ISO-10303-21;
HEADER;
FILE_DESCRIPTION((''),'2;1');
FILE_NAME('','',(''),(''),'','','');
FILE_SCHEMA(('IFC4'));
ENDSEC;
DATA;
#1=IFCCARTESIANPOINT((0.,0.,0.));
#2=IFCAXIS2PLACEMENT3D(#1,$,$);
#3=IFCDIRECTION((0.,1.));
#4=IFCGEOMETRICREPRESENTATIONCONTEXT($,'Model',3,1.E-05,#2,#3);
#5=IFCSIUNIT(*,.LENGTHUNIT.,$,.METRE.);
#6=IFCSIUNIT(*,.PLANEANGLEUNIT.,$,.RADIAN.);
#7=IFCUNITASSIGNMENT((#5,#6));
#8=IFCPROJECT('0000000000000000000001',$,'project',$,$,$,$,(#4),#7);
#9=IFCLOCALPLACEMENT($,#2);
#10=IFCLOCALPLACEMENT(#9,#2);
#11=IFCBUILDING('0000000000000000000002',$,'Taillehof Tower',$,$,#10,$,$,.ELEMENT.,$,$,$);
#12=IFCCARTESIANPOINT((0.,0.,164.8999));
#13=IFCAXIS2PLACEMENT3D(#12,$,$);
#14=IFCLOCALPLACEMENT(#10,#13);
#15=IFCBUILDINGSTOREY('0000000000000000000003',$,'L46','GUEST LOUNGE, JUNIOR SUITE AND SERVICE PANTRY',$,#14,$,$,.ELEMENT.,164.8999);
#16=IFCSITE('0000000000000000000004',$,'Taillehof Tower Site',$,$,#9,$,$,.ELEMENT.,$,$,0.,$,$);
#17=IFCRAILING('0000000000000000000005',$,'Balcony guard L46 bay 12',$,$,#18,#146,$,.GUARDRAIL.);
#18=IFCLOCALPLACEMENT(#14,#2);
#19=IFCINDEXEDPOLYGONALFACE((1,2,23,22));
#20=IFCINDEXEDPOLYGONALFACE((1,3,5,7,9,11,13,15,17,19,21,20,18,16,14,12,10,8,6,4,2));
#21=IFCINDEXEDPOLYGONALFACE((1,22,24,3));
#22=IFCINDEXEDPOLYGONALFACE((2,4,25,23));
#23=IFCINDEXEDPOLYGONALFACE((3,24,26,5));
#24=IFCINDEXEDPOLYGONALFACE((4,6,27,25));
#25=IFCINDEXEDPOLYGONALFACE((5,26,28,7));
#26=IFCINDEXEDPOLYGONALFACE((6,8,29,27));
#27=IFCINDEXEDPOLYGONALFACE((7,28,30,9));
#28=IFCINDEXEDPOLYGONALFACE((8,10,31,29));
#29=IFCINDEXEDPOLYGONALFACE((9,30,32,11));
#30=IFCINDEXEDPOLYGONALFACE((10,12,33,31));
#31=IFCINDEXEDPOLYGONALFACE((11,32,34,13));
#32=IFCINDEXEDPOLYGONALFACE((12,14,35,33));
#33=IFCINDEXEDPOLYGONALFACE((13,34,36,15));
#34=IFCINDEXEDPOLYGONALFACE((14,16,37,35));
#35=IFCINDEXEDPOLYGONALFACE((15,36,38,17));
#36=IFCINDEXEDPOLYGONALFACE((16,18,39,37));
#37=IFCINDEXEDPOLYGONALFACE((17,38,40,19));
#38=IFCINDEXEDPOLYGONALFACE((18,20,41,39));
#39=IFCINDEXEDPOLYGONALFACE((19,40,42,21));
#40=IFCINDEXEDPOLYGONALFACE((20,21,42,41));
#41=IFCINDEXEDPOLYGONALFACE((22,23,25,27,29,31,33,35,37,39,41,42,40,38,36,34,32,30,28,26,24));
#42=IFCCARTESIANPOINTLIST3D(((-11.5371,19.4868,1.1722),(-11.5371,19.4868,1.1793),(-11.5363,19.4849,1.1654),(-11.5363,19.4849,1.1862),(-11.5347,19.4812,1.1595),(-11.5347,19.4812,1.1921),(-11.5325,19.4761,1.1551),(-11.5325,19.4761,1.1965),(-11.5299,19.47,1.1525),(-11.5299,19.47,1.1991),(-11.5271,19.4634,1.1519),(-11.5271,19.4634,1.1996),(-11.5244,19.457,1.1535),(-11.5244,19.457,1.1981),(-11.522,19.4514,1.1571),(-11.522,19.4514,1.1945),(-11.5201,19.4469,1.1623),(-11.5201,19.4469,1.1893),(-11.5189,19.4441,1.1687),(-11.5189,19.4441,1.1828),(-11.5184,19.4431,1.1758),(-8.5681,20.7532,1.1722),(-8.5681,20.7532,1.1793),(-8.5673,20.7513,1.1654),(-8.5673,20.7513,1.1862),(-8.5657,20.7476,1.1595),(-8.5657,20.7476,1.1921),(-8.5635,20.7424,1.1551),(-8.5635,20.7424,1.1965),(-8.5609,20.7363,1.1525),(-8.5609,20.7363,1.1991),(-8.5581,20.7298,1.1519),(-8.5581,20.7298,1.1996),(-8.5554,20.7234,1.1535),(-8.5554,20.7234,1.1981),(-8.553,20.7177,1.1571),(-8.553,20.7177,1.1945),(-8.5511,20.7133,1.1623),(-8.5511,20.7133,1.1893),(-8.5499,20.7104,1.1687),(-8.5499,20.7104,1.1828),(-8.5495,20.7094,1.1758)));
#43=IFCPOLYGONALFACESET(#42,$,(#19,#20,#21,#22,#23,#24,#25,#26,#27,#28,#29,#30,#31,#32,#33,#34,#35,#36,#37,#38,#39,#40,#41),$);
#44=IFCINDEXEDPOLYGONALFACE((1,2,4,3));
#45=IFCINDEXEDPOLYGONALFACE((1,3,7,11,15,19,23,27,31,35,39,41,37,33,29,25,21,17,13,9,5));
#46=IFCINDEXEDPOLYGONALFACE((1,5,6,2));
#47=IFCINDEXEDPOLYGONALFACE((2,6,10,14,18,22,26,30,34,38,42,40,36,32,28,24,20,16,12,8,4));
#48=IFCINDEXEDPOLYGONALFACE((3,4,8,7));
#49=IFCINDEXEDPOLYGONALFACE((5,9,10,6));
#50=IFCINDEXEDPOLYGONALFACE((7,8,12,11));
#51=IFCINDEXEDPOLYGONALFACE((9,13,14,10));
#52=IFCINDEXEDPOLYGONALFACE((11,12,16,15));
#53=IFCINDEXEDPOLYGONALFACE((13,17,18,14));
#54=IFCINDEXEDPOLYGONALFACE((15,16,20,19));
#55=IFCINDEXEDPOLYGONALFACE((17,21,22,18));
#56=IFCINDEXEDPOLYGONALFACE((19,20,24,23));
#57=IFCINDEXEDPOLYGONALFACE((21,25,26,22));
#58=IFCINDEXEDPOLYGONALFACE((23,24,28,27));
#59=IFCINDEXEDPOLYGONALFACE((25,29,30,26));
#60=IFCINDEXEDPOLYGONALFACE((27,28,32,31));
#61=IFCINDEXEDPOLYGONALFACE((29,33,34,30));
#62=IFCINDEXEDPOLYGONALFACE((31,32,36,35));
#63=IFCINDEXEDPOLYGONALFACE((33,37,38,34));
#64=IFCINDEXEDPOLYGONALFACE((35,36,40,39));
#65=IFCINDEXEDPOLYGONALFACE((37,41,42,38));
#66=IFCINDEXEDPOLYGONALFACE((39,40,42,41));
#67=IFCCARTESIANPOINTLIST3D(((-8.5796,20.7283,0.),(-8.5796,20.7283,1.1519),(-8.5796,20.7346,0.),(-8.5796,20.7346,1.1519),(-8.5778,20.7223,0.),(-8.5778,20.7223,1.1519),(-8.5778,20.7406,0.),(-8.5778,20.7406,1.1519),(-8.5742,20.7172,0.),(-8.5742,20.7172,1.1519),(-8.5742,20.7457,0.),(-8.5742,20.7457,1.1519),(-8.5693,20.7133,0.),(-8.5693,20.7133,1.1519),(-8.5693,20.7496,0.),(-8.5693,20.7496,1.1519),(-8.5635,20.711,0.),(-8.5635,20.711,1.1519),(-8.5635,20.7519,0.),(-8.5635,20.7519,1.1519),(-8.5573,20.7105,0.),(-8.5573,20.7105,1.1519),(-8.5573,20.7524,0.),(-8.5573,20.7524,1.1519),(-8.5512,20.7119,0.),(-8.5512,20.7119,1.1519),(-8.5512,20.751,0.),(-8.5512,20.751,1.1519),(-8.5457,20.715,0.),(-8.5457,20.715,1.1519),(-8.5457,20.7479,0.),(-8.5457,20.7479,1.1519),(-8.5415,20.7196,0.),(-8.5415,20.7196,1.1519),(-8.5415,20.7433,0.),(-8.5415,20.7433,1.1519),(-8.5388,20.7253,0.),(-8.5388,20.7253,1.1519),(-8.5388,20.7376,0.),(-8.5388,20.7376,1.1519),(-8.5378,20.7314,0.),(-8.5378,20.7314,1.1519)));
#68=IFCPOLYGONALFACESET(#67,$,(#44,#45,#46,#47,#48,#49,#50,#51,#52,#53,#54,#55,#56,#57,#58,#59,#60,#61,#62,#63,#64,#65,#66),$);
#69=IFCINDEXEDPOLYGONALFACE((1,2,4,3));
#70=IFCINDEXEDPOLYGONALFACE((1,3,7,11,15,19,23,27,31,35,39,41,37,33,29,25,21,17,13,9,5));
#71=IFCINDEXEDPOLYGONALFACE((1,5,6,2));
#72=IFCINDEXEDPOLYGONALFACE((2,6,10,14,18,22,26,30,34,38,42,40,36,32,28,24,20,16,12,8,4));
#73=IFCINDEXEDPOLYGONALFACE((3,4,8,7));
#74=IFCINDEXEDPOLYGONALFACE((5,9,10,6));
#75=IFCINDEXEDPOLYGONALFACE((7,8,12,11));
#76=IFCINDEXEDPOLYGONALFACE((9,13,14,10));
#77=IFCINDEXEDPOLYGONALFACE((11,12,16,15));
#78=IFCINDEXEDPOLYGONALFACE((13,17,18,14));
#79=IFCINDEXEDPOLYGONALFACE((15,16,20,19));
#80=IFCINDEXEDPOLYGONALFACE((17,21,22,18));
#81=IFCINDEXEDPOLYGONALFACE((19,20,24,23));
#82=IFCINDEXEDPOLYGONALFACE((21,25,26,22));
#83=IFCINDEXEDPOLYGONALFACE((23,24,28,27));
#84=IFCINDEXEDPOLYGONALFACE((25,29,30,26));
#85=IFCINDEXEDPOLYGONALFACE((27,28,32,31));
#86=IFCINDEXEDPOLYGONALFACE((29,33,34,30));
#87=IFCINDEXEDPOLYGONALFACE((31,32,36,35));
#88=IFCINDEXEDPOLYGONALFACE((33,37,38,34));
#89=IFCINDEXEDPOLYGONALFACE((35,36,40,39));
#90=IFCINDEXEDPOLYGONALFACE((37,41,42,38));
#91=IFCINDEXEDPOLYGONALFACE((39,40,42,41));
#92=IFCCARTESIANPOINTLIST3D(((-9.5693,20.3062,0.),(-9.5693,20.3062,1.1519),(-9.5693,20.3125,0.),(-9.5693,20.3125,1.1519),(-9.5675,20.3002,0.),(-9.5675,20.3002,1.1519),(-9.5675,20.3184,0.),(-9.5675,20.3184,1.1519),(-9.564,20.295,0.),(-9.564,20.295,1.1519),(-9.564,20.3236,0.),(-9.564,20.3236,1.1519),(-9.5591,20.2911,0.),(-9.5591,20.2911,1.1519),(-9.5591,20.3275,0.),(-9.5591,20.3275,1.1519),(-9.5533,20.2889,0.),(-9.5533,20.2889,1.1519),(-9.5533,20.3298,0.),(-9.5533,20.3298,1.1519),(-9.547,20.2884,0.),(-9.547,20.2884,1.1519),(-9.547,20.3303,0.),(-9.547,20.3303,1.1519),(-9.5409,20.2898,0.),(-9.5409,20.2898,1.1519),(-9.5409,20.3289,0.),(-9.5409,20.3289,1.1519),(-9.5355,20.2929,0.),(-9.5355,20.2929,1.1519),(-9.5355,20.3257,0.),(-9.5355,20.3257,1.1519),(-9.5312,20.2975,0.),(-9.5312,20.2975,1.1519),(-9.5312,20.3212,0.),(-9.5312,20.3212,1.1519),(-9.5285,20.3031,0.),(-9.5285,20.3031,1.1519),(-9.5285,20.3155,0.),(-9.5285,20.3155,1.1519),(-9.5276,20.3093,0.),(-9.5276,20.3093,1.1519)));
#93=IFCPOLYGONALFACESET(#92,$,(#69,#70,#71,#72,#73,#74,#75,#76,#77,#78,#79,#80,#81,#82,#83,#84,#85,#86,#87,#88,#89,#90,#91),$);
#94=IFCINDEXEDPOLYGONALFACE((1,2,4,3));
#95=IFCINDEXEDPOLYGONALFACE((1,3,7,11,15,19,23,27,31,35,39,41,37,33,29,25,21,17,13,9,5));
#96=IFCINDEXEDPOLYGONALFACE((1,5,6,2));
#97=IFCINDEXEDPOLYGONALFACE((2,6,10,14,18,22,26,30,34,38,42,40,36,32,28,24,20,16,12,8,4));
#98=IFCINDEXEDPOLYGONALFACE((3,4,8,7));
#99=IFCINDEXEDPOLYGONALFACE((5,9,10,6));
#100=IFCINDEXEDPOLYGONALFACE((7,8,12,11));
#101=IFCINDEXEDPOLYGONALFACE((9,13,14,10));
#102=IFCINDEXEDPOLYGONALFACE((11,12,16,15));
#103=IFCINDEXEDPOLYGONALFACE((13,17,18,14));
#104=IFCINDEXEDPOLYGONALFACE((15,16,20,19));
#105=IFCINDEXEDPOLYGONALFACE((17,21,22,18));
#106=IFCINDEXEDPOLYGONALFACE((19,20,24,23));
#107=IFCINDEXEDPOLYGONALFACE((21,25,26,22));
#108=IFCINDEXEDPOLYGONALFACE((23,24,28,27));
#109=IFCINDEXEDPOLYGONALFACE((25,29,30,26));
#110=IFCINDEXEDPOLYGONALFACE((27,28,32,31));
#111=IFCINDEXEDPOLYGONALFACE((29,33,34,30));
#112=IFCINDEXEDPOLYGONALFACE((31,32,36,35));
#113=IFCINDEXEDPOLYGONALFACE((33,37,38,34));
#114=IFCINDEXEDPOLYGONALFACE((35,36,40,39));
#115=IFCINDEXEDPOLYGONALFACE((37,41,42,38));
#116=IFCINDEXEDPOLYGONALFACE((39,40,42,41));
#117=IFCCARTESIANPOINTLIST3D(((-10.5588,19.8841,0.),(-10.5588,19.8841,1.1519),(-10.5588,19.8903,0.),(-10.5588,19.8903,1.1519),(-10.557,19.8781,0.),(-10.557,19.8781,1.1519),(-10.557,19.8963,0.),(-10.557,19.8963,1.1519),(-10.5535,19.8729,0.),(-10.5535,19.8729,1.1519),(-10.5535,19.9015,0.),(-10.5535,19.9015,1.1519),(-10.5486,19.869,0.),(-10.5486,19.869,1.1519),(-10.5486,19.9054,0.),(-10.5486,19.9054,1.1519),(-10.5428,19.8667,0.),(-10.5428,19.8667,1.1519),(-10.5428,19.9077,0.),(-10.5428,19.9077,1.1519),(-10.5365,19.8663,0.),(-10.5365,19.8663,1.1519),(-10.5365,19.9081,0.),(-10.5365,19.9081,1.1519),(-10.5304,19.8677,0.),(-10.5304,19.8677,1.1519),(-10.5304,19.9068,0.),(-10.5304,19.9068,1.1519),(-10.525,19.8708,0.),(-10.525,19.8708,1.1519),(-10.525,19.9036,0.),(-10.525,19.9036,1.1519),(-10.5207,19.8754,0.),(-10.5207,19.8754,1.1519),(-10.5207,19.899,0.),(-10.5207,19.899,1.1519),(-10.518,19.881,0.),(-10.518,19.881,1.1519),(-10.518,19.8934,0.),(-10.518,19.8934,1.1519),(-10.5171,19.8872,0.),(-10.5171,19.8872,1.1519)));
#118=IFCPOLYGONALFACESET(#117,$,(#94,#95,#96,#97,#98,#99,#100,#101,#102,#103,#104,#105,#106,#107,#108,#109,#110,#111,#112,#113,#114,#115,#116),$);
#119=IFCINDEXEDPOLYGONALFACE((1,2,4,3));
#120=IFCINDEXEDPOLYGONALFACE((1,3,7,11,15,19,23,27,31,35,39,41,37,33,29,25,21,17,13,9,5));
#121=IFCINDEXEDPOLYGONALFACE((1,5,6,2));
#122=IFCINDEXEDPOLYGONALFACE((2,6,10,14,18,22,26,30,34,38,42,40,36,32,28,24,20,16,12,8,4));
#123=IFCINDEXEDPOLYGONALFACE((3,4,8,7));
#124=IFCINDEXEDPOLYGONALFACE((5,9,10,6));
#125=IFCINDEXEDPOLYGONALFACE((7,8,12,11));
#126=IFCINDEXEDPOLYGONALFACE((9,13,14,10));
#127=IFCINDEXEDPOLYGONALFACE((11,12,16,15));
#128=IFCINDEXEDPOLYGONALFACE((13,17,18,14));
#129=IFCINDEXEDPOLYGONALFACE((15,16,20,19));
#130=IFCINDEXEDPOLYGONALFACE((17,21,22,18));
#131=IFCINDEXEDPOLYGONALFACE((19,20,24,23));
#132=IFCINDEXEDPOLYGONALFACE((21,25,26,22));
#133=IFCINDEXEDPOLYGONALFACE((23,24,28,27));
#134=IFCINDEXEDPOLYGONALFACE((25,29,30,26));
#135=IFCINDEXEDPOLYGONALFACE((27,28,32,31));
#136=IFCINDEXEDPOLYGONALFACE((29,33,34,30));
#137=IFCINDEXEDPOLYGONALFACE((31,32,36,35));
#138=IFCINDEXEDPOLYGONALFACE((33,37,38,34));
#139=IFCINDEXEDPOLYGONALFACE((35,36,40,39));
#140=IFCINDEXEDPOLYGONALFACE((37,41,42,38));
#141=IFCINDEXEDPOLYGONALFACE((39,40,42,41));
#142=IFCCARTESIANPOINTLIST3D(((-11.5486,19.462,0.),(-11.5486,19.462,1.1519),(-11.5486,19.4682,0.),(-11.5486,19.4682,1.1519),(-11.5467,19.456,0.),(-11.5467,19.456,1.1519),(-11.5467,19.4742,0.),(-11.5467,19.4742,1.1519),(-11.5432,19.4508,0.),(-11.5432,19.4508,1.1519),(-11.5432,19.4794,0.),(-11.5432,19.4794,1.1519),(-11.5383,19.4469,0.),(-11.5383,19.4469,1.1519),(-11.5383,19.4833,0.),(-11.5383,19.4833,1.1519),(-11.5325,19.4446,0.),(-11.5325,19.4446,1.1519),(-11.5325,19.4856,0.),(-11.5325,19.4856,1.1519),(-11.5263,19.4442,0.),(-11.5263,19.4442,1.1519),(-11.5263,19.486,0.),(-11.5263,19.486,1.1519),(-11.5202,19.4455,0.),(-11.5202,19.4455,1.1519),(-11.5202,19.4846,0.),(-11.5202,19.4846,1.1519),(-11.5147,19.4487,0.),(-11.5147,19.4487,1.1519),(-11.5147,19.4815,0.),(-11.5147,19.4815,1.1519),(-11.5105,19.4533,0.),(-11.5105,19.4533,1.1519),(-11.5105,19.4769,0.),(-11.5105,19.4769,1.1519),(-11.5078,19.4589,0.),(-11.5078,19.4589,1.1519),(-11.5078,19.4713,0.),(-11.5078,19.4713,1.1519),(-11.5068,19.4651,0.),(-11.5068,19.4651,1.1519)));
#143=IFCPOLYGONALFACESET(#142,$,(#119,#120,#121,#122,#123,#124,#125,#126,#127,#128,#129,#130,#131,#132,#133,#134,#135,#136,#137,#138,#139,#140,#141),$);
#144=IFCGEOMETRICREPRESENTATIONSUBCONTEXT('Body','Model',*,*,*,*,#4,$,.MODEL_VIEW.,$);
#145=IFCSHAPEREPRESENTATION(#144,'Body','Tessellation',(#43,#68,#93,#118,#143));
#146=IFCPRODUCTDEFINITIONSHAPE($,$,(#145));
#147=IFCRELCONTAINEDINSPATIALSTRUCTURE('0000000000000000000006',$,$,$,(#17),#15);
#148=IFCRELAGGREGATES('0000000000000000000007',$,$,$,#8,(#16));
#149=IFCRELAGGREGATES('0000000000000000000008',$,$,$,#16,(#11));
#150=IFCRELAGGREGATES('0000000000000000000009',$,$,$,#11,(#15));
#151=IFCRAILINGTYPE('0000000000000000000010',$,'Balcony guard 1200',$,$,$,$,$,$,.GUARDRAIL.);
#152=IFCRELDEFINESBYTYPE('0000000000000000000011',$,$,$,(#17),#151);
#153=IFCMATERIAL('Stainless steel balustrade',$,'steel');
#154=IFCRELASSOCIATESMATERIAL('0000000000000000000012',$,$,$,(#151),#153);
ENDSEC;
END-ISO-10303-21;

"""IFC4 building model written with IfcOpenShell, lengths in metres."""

from ifc_helpers import new_model, si_unit, direction, frame, origin, origin_2d, place, context, subcontext, project, spatial, circle, extrude, material, type_object, element, save


model = new_model("IFC4")

# Units and contexts
model_context = context("Model", 3, precision=1e-05, world=origin(), true_north=direction((0.0, 1.0)))
body_context = subcontext(model_context, "Body", "Model", "MODEL_VIEW")
ifc_project = project(units=[si_unit("LENGTHUNIT", "METRE"), si_unit("PLANEANGLEUNIT", "RADIAN")], contexts=[model_context])

# Site, building, storey
site_placement = place(None, origin())
site = spatial("IfcSite", under=ifc_project, at=site_placement, Name="Taillehof Tower Site", CompositionType="ELEMENT", RefElevation=0.0)
building_placement = place(site_placement, origin())
building = spatial("IfcBuilding", under=site, at=building_placement, Name="Taillehof Tower", CompositionType="ELEMENT")
storey_placement = place(building_placement, frame((0.0, 0.0, 164.8999)))
storey = spatial("IfcBuildingStorey", under=building, at=storey_placement, Name="L46", Description="GUEST LOUNGE, JUNIOR SUITE AND SERVICE PANTRY", CompositionType="ELEMENT", Elevation=164.8999)

# Railing
ifc_material_1 = material(Name="Stainless steel balustrade", Category="steel")
railing_type = type_object("IfcRailingType", Name="Balcony guard 1200", PredefinedType="GUARDRAIL", material=ifc_material_1)
railing_placement = place(storey_placement, frame((-8.5588, 20.7314, 0.0)))
element("IfcRailing", 1, at=railing_placement, inside=storey, type_object=railing_type, Name="Balcony guard L46 bay 12", PredefinedType="GUARDRAIL", context=body_context, shape_type="SweptSolid", body=[
    extrude(circle(Radius=0.0239, at=origin_2d()), frame((0.0, 0.0, 1.1758), z_axis=(-0.919824, -0.39233, 0.0), x_axis=(0.39233, -0.919824, 0.0)), (0.0, 0.0, 1.0), 3.2278),
    extrude(circle(Radius=0.021, at=origin_2d()), origin(), (0.0, 0.0, 1.0), 1.1519),
    extrude(circle(Radius=0.021, at=origin_2d()), frame((-0.9897, -0.4221, 0.0)), (0.0, 0.0, 1.0), 1.1519),
    extrude(circle(Radius=0.021, at=origin_2d()), frame((-1.9792, -0.8442, 0.0)), (0.0, 0.0, 1.0), 1.1519),
    extrude(circle(Radius=0.021, at=origin_2d()), frame((-2.969, -1.2664, 0.0)), (0.0, 0.0, 1.0), 1.1519),
])

save(model, "model.ifc")
